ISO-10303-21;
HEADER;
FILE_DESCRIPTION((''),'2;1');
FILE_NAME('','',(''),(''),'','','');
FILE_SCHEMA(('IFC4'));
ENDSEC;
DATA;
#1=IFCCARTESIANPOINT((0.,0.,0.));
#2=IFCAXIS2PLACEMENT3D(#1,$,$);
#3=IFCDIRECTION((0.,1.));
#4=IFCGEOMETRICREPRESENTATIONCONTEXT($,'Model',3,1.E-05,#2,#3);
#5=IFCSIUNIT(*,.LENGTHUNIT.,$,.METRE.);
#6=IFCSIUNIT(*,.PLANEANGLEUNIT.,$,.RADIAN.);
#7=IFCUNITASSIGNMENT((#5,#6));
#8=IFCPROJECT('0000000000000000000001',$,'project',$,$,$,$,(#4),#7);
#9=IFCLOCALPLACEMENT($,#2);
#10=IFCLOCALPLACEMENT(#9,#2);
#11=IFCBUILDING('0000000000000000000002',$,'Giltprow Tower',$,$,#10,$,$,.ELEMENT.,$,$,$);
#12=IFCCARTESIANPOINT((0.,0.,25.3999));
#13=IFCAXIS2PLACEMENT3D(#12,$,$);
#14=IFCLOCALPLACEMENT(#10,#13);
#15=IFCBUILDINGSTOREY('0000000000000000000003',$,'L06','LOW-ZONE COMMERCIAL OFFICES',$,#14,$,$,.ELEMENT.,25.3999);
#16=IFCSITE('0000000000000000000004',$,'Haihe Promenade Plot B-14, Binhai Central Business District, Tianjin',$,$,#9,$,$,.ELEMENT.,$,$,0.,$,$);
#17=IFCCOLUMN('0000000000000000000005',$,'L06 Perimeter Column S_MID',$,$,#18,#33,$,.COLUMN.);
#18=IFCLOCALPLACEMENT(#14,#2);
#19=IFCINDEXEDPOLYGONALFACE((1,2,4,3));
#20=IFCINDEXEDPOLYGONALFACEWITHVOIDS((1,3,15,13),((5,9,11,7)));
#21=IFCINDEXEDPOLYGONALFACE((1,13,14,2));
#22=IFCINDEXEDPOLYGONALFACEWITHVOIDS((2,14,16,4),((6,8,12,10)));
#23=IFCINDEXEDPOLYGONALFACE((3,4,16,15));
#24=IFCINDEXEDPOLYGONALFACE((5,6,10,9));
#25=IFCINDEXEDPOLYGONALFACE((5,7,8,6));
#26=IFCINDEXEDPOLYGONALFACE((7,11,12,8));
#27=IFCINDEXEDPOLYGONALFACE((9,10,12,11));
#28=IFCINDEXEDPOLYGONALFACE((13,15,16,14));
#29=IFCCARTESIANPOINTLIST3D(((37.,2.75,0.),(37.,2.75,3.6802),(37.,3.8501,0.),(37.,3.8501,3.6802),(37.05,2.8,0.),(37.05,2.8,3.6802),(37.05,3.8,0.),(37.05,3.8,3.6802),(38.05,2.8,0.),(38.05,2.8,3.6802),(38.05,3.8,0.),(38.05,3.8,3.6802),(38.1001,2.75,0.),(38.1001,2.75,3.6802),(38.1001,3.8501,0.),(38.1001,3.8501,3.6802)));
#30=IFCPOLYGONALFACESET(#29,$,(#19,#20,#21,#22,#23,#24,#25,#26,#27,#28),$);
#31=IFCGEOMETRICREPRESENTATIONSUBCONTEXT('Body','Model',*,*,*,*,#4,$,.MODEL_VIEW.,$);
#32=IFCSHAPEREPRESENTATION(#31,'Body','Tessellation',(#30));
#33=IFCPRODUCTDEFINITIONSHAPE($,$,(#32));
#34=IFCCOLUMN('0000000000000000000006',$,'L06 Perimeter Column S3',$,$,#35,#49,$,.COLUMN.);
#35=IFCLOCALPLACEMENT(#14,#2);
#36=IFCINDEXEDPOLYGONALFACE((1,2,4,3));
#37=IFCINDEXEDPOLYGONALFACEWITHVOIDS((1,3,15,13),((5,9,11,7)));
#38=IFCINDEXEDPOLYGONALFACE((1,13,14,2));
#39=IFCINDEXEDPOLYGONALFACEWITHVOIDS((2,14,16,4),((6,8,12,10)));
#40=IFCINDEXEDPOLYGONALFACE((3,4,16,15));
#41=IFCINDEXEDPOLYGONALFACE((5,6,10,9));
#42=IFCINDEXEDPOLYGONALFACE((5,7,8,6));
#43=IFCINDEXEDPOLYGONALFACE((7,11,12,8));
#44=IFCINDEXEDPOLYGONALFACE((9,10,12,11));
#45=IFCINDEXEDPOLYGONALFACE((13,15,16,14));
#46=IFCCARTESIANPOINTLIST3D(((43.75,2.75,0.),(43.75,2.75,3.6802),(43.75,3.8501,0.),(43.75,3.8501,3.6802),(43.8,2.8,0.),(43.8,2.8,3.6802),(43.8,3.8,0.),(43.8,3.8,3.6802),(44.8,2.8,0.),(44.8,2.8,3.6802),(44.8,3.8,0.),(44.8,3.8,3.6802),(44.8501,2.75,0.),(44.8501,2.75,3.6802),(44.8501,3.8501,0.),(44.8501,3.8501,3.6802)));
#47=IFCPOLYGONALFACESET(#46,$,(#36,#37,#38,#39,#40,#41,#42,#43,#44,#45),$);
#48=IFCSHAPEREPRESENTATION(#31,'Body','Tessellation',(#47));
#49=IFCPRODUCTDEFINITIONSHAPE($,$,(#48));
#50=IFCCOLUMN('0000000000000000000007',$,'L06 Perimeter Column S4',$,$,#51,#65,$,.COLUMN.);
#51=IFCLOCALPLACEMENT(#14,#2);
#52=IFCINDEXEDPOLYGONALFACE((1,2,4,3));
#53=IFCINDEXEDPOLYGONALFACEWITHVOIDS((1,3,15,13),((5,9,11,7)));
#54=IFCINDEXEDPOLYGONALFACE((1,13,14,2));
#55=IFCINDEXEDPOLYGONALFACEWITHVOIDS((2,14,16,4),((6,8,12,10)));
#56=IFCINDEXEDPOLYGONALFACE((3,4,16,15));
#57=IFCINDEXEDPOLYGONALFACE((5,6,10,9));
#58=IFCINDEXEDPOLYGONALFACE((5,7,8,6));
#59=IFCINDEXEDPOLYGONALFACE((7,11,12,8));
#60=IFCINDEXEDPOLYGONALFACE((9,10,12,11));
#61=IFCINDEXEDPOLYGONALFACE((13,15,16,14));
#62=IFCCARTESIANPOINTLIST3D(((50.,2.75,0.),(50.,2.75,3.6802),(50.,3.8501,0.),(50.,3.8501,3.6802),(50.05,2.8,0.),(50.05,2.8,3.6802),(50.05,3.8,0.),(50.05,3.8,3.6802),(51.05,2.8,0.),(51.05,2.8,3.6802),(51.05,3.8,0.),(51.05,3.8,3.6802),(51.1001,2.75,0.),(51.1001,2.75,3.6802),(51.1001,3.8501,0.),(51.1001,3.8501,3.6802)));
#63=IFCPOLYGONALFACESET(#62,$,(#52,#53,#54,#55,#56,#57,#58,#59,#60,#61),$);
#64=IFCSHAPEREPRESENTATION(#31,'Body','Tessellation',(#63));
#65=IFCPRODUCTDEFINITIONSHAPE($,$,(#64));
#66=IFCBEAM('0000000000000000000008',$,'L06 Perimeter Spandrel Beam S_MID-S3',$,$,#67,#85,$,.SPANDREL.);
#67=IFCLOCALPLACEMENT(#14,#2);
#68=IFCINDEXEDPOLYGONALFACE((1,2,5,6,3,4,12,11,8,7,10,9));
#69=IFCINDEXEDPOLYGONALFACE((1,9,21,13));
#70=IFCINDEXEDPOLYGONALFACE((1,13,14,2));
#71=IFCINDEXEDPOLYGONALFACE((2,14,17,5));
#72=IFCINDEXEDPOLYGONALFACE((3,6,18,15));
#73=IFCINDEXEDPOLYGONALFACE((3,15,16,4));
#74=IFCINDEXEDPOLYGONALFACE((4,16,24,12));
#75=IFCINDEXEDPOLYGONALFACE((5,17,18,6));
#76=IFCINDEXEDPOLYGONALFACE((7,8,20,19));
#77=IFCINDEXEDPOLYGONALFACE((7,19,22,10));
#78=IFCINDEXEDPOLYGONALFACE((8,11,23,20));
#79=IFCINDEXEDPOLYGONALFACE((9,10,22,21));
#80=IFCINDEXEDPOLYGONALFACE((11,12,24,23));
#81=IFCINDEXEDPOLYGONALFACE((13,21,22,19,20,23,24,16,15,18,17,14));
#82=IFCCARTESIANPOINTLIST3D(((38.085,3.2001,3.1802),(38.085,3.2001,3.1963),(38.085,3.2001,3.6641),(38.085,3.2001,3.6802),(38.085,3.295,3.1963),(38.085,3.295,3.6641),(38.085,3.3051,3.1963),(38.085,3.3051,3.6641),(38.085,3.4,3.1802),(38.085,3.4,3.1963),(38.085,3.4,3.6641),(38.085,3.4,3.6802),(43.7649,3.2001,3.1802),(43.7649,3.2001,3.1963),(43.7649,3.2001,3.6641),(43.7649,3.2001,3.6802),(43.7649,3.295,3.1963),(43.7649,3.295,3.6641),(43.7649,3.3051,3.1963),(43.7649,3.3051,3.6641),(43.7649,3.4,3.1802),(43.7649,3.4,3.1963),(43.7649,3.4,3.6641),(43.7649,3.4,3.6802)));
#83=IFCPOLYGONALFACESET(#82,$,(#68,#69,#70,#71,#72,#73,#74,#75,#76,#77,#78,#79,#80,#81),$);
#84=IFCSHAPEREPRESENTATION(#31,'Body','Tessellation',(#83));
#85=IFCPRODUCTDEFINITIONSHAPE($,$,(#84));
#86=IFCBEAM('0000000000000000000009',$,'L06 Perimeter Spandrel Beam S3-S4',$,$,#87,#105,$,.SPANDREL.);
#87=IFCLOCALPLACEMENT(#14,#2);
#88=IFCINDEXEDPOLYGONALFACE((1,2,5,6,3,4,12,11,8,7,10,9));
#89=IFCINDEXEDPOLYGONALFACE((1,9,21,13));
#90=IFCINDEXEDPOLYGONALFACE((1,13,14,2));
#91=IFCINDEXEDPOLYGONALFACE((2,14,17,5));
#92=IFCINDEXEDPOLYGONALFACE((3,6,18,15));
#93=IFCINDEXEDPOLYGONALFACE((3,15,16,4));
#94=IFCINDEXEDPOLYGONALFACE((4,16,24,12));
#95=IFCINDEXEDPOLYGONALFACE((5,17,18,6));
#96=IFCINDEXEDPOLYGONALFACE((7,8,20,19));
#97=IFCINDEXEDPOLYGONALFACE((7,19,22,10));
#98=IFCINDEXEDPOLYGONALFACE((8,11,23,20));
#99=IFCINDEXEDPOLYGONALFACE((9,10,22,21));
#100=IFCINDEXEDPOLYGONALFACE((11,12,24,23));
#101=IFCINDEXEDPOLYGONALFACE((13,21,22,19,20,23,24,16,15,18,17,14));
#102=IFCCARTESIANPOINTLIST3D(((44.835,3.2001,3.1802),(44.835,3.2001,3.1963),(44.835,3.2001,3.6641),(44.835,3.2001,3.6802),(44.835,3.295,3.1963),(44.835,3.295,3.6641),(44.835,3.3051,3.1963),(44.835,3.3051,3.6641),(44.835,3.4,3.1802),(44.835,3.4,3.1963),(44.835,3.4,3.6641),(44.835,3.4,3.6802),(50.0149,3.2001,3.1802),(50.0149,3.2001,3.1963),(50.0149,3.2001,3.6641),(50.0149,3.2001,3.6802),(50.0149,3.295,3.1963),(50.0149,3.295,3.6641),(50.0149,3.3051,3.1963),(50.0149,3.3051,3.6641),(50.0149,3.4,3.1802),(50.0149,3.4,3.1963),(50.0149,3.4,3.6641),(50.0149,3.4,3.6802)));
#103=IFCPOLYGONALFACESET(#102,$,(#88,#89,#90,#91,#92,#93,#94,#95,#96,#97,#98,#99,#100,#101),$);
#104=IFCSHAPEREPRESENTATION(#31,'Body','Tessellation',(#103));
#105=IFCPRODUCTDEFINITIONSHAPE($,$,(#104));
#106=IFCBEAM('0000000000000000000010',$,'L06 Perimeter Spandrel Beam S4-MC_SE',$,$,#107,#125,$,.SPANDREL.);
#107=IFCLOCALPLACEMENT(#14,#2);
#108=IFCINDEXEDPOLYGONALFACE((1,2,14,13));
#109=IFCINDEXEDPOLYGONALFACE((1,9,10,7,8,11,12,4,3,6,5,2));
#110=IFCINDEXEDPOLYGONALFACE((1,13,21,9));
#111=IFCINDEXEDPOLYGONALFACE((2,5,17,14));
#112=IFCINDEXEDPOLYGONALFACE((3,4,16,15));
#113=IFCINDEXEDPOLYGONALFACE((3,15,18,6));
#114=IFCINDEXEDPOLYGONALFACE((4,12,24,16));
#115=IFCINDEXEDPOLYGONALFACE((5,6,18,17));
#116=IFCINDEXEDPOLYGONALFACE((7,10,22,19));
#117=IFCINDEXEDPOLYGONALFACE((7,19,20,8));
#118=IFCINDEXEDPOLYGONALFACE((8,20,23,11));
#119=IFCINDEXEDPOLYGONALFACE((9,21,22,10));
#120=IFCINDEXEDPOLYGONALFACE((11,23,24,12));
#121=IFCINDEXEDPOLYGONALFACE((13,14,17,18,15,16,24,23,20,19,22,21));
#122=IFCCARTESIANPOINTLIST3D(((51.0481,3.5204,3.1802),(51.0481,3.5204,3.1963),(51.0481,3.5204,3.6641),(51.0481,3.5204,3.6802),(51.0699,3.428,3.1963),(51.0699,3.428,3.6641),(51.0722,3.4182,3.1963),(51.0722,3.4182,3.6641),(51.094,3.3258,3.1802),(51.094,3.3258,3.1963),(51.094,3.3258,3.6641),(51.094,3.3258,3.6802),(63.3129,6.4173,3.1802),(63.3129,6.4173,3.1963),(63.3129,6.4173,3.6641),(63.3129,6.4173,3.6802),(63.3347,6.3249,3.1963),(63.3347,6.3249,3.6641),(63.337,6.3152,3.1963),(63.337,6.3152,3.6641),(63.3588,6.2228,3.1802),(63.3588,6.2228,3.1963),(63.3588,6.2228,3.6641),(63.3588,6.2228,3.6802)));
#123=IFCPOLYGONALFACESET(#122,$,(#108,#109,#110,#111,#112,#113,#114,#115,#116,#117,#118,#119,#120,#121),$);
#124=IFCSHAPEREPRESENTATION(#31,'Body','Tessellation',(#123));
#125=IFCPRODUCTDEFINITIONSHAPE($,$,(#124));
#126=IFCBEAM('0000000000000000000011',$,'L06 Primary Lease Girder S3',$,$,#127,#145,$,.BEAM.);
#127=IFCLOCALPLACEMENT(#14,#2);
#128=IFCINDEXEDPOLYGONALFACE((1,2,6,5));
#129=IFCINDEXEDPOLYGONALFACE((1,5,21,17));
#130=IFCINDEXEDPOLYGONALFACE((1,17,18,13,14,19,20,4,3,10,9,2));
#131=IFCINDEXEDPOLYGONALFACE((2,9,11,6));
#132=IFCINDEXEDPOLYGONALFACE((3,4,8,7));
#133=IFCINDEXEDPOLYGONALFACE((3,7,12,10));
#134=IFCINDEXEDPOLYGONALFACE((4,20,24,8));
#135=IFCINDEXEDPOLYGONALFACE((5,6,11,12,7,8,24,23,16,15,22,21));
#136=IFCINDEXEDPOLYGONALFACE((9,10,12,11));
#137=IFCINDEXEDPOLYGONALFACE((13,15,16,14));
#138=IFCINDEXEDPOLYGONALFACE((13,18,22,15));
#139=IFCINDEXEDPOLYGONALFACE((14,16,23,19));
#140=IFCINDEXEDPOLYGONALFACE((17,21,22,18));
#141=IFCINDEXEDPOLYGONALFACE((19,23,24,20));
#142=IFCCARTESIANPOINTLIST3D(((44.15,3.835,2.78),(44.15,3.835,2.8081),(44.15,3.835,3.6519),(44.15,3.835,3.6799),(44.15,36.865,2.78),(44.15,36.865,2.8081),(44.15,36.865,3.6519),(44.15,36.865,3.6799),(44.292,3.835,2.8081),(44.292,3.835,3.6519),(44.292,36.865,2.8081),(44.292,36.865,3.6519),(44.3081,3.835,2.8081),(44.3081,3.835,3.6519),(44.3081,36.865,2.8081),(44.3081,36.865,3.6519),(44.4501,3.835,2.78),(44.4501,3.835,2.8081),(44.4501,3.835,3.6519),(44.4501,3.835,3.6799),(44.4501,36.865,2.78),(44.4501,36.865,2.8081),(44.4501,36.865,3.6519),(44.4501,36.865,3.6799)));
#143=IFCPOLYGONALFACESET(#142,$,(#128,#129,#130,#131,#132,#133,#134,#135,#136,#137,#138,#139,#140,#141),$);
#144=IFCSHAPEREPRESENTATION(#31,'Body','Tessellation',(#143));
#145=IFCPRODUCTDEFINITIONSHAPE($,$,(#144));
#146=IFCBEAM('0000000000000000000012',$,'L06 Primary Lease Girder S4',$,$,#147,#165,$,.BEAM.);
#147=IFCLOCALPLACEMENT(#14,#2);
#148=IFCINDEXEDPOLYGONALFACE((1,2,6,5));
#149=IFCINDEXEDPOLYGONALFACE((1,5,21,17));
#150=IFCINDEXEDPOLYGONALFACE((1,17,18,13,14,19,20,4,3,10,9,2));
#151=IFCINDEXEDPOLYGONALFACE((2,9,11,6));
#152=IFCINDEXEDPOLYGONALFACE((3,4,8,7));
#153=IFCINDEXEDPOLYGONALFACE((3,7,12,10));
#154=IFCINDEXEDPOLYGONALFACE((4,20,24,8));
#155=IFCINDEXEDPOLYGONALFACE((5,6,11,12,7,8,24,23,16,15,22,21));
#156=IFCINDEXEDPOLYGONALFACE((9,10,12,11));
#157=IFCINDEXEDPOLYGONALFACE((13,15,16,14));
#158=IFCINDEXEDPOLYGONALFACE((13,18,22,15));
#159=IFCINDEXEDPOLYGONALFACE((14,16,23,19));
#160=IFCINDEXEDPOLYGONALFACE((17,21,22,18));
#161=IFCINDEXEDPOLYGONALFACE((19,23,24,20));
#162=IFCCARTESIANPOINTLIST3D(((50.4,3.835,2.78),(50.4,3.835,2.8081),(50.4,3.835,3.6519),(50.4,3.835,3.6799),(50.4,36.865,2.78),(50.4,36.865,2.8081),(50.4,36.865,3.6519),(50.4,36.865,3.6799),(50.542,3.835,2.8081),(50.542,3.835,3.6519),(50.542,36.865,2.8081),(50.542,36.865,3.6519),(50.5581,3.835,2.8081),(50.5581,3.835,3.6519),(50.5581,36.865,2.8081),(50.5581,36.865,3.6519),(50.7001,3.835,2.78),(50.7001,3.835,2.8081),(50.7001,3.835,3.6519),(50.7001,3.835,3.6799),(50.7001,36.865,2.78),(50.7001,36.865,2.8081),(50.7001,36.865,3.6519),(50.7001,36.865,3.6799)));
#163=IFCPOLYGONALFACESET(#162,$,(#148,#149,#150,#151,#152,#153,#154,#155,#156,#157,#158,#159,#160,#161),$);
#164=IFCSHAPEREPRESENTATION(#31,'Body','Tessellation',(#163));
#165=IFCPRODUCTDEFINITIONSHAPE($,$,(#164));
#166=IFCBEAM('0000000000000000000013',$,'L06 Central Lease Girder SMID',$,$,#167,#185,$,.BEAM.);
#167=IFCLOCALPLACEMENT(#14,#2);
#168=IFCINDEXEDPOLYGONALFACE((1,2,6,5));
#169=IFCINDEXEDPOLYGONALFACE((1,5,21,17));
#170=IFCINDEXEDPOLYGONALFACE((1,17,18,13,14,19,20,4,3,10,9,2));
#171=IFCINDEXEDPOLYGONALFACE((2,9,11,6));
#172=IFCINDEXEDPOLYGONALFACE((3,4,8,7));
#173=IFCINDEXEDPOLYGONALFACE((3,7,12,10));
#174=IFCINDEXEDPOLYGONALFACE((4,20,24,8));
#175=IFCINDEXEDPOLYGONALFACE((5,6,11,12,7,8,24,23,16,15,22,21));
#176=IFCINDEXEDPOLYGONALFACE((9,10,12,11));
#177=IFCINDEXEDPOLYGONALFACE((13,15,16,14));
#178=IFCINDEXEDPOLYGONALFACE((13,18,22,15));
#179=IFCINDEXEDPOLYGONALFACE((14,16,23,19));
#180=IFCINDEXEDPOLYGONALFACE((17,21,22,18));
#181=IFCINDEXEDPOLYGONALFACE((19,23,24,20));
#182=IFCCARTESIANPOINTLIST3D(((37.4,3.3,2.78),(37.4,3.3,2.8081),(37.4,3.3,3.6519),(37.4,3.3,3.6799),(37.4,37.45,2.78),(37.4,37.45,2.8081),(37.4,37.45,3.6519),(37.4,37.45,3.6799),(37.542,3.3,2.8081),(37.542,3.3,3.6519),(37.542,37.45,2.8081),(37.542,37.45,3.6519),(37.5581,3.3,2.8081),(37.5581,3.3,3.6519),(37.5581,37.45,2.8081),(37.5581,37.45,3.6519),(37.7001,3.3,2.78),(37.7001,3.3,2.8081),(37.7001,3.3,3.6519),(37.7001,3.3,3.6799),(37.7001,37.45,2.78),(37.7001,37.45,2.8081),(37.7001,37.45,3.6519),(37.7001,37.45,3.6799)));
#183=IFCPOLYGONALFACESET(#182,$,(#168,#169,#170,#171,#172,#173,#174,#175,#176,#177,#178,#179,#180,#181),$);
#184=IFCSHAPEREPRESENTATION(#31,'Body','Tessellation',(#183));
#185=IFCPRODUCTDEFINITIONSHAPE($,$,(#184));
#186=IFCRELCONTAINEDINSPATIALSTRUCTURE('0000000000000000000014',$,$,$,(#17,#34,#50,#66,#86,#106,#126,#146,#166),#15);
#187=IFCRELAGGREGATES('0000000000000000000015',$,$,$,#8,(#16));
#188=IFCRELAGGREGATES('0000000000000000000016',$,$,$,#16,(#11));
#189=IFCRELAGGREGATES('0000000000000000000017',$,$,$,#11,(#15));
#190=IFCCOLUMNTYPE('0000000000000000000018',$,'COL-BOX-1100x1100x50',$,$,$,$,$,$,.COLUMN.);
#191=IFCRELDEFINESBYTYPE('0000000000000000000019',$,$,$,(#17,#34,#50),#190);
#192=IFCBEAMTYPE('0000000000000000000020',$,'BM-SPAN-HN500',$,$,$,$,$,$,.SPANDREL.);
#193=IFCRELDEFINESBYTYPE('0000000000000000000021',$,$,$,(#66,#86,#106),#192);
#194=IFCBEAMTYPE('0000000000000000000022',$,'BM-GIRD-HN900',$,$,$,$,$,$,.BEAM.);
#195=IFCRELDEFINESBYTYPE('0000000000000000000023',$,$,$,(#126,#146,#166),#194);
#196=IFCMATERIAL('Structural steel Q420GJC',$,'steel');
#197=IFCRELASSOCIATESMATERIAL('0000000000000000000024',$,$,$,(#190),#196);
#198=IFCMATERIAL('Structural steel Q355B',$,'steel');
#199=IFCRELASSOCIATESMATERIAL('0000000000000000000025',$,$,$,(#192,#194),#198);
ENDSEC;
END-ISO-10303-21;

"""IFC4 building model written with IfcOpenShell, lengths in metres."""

from ifc_helpers import new_model, si_unit, direction, frame, origin, origin_2d, place, context, subcontext, project, spatial, hollow_rectangle, i_section, extrude, source, transform, mapped, material, material_profile, profile_set, type_object, element, save


model = new_model("IFC4")

# Units and contexts
model_context = context("Model", 3, precision=1e-05, world=origin(), true_north=direction((0.0, 1.0)))
body_context = subcontext(model_context, "Body", "Model", "MODEL_VIEW")
ifc_project = project(units=[si_unit("LENGTHUNIT", "METRE"), si_unit("PLANEANGLEUNIT", "RADIAN")], contexts=[model_context])

# Site, building, storey
site_placement = place(None, origin())
site = spatial("IfcSite", under=ifc_project, at=site_placement, Name="Haihe Promenade Plot B-14, Binhai Central Business District, Tianjin", CompositionType="ELEMENT", RefElevation=0.0)
building_placement = place(site_placement, origin())
building = spatial("IfcBuilding", under=site, at=building_placement, Name="Giltprow Tower", CompositionType="ELEMENT")
storey_placement = place(building_placement, frame((0.0, 0.0, 25.3999)))
storey = spatial("IfcBuildingStorey", under=building, at=storey_placement, Name="L06", Description="LOW-ZONE COMMERCIAL OFFICES", CompositionType="ELEMENT", Elevation=25.3999)

# Columns
ifc_material_1 = material(Name="Structural steel Q420GJC", Category="steel")
ifc_material_profile_1 = material_profile(ifc_material_1, hollow_rectangle(XDim=1.1001, YDim=1.1001, WallThickness=0.05, at=origin_2d()), Name="BOX 1100x1100x50")
ifc_profile_set_1 = profile_set([ifc_material_profile_1], Name="Structural steel Q420GJC")
column_type = type_object("IfcColumnType", Name="COL-BOX-1100x1100x50", PredefinedType="COLUMN", material=ifc_profile_set_1)
shared_shape_1 = source(origin(), body_context, "Body", "SweptSolid", [
    extrude(hollow_rectangle(XDim=1.1001, YDim=1.1001, WallThickness=0.05, at=origin_2d()), origin(), (0.0, 0.0, 1.0), 3.6802),
])
for number, where, z_axis, x_axis, name in (
    (1, (37.55, 3.3, 0.0), (0.0, 0.0, 1.0), (1.0, 0.0, 0.0), "L06 Perimeter Column S_MID"),
    (2, (44.3, 3.3, 0.0), (0.0, 0.0, 1.0), (1.0, 0.0, 0.0), "L06 Perimeter Column S3"),
    (3, (50.55, 3.3, 0.0), (0.0, 0.0, 1.0), (1.0, 0.0, 0.0), "L06 Perimeter Column S4"),
):
    element("IfcColumn", number, at=place(storey_placement, frame(where, z_axis=z_axis, x_axis=x_axis)), inside=storey, type_object=column_type, Name=name, PredefinedType="COLUMN", context=body_context, shape_type="MappedRepresentation", body=[
        mapped(shared_shape_1, transform((0.0, 0.0, 0.0), x_axis=(1.0, 0.0, 0.0), y_axis=(0.0, 1.0, 0.0), z_axis=(0.0, 0.0, 1.0), scale=1.0)),
    ])

# Beams
ifc_material_2 = material(Name="Structural steel Q355B", Category="steel")
ifc_material_profile_2 = material_profile(ifc_material_2, i_section(OverallWidth=0.2, OverallDepth=0.5, WebThickness=0.01, FlangeThickness=0.0161, at=origin_2d()), Name="HN 500x200x10x16")
ifc_profile_set_2 = profile_set([ifc_material_profile_2], Name="Structural steel Q355B")
beam_type_1 = type_object("IfcBeamType", Name="BM-SPAN-HN500", PredefinedType="SPANDREL", material=ifc_profile_set_2)
shared_shape_2 = source(origin(), body_context, "Body", "SweptSolid", [
    extrude(i_section(OverallWidth=0.2, OverallDepth=0.5, WebThickness=0.01, FlangeThickness=0.0161, at=origin_2d()), origin(), (0.0, 0.0, 1.0), 5.6799),
])
beam_1_placement = place(storey_placement, frame((38.085, 3.3, 3.4302), z_axis=(1.0, 0.0, 0.0), x_axis=(0.0, 1.0, 0.0)))
element("IfcBeam", 4, at=beam_1_placement, inside=storey, type_object=beam_type_1, Name="L06 Perimeter Spandrel Beam S_MID-S3", PredefinedType="SPANDREL", context=body_context, shape_type="MappedRepresentation", body=[
    mapped(shared_shape_2, transform((0.0, 0.0, 0.0), x_axis=(1.0, 0.0, 0.0), y_axis=(0.0, 1.0, 0.0), z_axis=(0.0, 0.0, 1.0), scale=1.0)),
])
shared_shape_3 = source(origin(), body_context, "Body", "SweptSolid", [
    extrude(i_section(OverallWidth=0.2, OverallDepth=0.5, WebThickness=0.01, FlangeThickness=0.0161, at=origin_2d()), origin(), (0.0, 0.0, 1.0), 5.1799),
])
beam_2_placement = place(storey_placement, frame((44.835, 3.3, 3.4302), z_axis=(1.0, 0.0, 0.0), x_axis=(0.0, 1.0, 0.0)))
element("IfcBeam", 5, at=beam_2_placement, inside=storey, type_object=beam_type_1, Name="L06 Perimeter Spandrel Beam S3-S4", PredefinedType="SPANDREL", context=body_context, shape_type="MappedRepresentation", body=[
    mapped(shared_shape_3, transform((0.0, 0.0, 0.0), x_axis=(1.0, 0.0, 0.0), y_axis=(0.0, 1.0, 0.0), z_axis=(0.0, 0.0, 1.0), scale=1.0)),
])
shared_shape_4 = source(origin(), body_context, "Body", "SweptSolid", [
    extrude(i_section(OverallWidth=0.2, OverallDepth=0.5, WebThickness=0.01, FlangeThickness=0.0161, at=origin_2d()), origin(), (0.0, 0.0, 1.0), 12.6023),
])
beam_3_placement = place(storey_placement, frame((51.071, 3.4231, 3.4302), z_axis=(0.97322, 0.229875, 0.0), x_axis=(-0.229875, 0.97322, 0.0)))
element("IfcBeam", 6, at=beam_3_placement, inside=storey, type_object=beam_type_1, Name="L06 Perimeter Spandrel Beam S4-MC_SE", PredefinedType="SPANDREL", context=body_context, shape_type="MappedRepresentation", body=[
    mapped(shared_shape_4, transform((0.0, 0.0, 0.0), x_axis=(1.0, 0.0, 0.0), y_axis=(0.0, 1.0, 0.0), z_axis=(0.0, 0.0, 1.0), scale=1.0)),
])
ifc_material_profile_3 = material_profile(ifc_material_2, i_section(OverallWidth=0.3, OverallDepth=0.8999, WebThickness=0.0161, FlangeThickness=0.0281, at=origin_2d()), Name="HN 900x300x16x28")
ifc_profile_set_3 = profile_set([ifc_material_profile_3], Name="Structural steel Q355B")
beam_type_2 = type_object("IfcBeamType", Name="BM-GIRD-HN900", PredefinedType="BEAM", material=ifc_profile_set_3)
shared_shape_5 = source(origin(), body_context, "Body", "SweptSolid", [
    extrude(i_section(OverallWidth=0.3, OverallDepth=0.8999, WebThickness=0.0161, FlangeThickness=0.0281, at=origin_2d()), origin(), (0.0, 0.0, 1.0), 33.03),
])
for number, where, z_axis, x_axis, name in (
    (7, (44.3, 3.835, 3.23), (0.0, 1.0, 0.0), (-1.0, 0.0, 0.0), "L06 Primary Lease Girder S3"),
    (8, (50.55, 3.835, 3.23), (0.0, 1.0, 0.0), (-1.0, 0.0, 0.0), "L06 Primary Lease Girder S4"),
):
    element("IfcBeam", number, at=place(storey_placement, frame(where, z_axis=z_axis, x_axis=x_axis)), inside=storey, type_object=beam_type_2, Name=name, PredefinedType="BEAM", context=body_context, shape_type="MappedRepresentation", body=[
        mapped(shared_shape_5, transform((0.0, 0.0, 0.0), x_axis=(1.0, 0.0, 0.0), y_axis=(0.0, 1.0, 0.0), z_axis=(0.0, 0.0, 1.0), scale=1.0)),
    ])
shared_shape_6 = source(origin(), body_context, "Body", "SweptSolid", [
    extrude(i_section(OverallWidth=0.3, OverallDepth=0.8999, WebThickness=0.0161, FlangeThickness=0.0281, at=origin_2d()), origin(), (0.0, 0.0, 1.0), 34.1499),
])
beam_4_placement = place(storey_placement, frame((37.55, 3.3, 3.23), z_axis=(0.0, 1.0, 0.0), x_axis=(-1.0, 0.0, 0.0)))
element("IfcBeam", 9, at=beam_4_placement, inside=storey, type_object=beam_type_2, Name="L06 Central Lease Girder SMID", PredefinedType="BEAM", context=body_context, shape_type="MappedRepresentation", body=[
    mapped(shared_shape_6, transform((0.0, 0.0, 0.0), x_axis=(1.0, 0.0, 0.0), y_axis=(0.0, 1.0, 0.0), z_axis=(0.0, 0.0, 1.0), scale=1.0)),
])

save(model, "model.ifc")
